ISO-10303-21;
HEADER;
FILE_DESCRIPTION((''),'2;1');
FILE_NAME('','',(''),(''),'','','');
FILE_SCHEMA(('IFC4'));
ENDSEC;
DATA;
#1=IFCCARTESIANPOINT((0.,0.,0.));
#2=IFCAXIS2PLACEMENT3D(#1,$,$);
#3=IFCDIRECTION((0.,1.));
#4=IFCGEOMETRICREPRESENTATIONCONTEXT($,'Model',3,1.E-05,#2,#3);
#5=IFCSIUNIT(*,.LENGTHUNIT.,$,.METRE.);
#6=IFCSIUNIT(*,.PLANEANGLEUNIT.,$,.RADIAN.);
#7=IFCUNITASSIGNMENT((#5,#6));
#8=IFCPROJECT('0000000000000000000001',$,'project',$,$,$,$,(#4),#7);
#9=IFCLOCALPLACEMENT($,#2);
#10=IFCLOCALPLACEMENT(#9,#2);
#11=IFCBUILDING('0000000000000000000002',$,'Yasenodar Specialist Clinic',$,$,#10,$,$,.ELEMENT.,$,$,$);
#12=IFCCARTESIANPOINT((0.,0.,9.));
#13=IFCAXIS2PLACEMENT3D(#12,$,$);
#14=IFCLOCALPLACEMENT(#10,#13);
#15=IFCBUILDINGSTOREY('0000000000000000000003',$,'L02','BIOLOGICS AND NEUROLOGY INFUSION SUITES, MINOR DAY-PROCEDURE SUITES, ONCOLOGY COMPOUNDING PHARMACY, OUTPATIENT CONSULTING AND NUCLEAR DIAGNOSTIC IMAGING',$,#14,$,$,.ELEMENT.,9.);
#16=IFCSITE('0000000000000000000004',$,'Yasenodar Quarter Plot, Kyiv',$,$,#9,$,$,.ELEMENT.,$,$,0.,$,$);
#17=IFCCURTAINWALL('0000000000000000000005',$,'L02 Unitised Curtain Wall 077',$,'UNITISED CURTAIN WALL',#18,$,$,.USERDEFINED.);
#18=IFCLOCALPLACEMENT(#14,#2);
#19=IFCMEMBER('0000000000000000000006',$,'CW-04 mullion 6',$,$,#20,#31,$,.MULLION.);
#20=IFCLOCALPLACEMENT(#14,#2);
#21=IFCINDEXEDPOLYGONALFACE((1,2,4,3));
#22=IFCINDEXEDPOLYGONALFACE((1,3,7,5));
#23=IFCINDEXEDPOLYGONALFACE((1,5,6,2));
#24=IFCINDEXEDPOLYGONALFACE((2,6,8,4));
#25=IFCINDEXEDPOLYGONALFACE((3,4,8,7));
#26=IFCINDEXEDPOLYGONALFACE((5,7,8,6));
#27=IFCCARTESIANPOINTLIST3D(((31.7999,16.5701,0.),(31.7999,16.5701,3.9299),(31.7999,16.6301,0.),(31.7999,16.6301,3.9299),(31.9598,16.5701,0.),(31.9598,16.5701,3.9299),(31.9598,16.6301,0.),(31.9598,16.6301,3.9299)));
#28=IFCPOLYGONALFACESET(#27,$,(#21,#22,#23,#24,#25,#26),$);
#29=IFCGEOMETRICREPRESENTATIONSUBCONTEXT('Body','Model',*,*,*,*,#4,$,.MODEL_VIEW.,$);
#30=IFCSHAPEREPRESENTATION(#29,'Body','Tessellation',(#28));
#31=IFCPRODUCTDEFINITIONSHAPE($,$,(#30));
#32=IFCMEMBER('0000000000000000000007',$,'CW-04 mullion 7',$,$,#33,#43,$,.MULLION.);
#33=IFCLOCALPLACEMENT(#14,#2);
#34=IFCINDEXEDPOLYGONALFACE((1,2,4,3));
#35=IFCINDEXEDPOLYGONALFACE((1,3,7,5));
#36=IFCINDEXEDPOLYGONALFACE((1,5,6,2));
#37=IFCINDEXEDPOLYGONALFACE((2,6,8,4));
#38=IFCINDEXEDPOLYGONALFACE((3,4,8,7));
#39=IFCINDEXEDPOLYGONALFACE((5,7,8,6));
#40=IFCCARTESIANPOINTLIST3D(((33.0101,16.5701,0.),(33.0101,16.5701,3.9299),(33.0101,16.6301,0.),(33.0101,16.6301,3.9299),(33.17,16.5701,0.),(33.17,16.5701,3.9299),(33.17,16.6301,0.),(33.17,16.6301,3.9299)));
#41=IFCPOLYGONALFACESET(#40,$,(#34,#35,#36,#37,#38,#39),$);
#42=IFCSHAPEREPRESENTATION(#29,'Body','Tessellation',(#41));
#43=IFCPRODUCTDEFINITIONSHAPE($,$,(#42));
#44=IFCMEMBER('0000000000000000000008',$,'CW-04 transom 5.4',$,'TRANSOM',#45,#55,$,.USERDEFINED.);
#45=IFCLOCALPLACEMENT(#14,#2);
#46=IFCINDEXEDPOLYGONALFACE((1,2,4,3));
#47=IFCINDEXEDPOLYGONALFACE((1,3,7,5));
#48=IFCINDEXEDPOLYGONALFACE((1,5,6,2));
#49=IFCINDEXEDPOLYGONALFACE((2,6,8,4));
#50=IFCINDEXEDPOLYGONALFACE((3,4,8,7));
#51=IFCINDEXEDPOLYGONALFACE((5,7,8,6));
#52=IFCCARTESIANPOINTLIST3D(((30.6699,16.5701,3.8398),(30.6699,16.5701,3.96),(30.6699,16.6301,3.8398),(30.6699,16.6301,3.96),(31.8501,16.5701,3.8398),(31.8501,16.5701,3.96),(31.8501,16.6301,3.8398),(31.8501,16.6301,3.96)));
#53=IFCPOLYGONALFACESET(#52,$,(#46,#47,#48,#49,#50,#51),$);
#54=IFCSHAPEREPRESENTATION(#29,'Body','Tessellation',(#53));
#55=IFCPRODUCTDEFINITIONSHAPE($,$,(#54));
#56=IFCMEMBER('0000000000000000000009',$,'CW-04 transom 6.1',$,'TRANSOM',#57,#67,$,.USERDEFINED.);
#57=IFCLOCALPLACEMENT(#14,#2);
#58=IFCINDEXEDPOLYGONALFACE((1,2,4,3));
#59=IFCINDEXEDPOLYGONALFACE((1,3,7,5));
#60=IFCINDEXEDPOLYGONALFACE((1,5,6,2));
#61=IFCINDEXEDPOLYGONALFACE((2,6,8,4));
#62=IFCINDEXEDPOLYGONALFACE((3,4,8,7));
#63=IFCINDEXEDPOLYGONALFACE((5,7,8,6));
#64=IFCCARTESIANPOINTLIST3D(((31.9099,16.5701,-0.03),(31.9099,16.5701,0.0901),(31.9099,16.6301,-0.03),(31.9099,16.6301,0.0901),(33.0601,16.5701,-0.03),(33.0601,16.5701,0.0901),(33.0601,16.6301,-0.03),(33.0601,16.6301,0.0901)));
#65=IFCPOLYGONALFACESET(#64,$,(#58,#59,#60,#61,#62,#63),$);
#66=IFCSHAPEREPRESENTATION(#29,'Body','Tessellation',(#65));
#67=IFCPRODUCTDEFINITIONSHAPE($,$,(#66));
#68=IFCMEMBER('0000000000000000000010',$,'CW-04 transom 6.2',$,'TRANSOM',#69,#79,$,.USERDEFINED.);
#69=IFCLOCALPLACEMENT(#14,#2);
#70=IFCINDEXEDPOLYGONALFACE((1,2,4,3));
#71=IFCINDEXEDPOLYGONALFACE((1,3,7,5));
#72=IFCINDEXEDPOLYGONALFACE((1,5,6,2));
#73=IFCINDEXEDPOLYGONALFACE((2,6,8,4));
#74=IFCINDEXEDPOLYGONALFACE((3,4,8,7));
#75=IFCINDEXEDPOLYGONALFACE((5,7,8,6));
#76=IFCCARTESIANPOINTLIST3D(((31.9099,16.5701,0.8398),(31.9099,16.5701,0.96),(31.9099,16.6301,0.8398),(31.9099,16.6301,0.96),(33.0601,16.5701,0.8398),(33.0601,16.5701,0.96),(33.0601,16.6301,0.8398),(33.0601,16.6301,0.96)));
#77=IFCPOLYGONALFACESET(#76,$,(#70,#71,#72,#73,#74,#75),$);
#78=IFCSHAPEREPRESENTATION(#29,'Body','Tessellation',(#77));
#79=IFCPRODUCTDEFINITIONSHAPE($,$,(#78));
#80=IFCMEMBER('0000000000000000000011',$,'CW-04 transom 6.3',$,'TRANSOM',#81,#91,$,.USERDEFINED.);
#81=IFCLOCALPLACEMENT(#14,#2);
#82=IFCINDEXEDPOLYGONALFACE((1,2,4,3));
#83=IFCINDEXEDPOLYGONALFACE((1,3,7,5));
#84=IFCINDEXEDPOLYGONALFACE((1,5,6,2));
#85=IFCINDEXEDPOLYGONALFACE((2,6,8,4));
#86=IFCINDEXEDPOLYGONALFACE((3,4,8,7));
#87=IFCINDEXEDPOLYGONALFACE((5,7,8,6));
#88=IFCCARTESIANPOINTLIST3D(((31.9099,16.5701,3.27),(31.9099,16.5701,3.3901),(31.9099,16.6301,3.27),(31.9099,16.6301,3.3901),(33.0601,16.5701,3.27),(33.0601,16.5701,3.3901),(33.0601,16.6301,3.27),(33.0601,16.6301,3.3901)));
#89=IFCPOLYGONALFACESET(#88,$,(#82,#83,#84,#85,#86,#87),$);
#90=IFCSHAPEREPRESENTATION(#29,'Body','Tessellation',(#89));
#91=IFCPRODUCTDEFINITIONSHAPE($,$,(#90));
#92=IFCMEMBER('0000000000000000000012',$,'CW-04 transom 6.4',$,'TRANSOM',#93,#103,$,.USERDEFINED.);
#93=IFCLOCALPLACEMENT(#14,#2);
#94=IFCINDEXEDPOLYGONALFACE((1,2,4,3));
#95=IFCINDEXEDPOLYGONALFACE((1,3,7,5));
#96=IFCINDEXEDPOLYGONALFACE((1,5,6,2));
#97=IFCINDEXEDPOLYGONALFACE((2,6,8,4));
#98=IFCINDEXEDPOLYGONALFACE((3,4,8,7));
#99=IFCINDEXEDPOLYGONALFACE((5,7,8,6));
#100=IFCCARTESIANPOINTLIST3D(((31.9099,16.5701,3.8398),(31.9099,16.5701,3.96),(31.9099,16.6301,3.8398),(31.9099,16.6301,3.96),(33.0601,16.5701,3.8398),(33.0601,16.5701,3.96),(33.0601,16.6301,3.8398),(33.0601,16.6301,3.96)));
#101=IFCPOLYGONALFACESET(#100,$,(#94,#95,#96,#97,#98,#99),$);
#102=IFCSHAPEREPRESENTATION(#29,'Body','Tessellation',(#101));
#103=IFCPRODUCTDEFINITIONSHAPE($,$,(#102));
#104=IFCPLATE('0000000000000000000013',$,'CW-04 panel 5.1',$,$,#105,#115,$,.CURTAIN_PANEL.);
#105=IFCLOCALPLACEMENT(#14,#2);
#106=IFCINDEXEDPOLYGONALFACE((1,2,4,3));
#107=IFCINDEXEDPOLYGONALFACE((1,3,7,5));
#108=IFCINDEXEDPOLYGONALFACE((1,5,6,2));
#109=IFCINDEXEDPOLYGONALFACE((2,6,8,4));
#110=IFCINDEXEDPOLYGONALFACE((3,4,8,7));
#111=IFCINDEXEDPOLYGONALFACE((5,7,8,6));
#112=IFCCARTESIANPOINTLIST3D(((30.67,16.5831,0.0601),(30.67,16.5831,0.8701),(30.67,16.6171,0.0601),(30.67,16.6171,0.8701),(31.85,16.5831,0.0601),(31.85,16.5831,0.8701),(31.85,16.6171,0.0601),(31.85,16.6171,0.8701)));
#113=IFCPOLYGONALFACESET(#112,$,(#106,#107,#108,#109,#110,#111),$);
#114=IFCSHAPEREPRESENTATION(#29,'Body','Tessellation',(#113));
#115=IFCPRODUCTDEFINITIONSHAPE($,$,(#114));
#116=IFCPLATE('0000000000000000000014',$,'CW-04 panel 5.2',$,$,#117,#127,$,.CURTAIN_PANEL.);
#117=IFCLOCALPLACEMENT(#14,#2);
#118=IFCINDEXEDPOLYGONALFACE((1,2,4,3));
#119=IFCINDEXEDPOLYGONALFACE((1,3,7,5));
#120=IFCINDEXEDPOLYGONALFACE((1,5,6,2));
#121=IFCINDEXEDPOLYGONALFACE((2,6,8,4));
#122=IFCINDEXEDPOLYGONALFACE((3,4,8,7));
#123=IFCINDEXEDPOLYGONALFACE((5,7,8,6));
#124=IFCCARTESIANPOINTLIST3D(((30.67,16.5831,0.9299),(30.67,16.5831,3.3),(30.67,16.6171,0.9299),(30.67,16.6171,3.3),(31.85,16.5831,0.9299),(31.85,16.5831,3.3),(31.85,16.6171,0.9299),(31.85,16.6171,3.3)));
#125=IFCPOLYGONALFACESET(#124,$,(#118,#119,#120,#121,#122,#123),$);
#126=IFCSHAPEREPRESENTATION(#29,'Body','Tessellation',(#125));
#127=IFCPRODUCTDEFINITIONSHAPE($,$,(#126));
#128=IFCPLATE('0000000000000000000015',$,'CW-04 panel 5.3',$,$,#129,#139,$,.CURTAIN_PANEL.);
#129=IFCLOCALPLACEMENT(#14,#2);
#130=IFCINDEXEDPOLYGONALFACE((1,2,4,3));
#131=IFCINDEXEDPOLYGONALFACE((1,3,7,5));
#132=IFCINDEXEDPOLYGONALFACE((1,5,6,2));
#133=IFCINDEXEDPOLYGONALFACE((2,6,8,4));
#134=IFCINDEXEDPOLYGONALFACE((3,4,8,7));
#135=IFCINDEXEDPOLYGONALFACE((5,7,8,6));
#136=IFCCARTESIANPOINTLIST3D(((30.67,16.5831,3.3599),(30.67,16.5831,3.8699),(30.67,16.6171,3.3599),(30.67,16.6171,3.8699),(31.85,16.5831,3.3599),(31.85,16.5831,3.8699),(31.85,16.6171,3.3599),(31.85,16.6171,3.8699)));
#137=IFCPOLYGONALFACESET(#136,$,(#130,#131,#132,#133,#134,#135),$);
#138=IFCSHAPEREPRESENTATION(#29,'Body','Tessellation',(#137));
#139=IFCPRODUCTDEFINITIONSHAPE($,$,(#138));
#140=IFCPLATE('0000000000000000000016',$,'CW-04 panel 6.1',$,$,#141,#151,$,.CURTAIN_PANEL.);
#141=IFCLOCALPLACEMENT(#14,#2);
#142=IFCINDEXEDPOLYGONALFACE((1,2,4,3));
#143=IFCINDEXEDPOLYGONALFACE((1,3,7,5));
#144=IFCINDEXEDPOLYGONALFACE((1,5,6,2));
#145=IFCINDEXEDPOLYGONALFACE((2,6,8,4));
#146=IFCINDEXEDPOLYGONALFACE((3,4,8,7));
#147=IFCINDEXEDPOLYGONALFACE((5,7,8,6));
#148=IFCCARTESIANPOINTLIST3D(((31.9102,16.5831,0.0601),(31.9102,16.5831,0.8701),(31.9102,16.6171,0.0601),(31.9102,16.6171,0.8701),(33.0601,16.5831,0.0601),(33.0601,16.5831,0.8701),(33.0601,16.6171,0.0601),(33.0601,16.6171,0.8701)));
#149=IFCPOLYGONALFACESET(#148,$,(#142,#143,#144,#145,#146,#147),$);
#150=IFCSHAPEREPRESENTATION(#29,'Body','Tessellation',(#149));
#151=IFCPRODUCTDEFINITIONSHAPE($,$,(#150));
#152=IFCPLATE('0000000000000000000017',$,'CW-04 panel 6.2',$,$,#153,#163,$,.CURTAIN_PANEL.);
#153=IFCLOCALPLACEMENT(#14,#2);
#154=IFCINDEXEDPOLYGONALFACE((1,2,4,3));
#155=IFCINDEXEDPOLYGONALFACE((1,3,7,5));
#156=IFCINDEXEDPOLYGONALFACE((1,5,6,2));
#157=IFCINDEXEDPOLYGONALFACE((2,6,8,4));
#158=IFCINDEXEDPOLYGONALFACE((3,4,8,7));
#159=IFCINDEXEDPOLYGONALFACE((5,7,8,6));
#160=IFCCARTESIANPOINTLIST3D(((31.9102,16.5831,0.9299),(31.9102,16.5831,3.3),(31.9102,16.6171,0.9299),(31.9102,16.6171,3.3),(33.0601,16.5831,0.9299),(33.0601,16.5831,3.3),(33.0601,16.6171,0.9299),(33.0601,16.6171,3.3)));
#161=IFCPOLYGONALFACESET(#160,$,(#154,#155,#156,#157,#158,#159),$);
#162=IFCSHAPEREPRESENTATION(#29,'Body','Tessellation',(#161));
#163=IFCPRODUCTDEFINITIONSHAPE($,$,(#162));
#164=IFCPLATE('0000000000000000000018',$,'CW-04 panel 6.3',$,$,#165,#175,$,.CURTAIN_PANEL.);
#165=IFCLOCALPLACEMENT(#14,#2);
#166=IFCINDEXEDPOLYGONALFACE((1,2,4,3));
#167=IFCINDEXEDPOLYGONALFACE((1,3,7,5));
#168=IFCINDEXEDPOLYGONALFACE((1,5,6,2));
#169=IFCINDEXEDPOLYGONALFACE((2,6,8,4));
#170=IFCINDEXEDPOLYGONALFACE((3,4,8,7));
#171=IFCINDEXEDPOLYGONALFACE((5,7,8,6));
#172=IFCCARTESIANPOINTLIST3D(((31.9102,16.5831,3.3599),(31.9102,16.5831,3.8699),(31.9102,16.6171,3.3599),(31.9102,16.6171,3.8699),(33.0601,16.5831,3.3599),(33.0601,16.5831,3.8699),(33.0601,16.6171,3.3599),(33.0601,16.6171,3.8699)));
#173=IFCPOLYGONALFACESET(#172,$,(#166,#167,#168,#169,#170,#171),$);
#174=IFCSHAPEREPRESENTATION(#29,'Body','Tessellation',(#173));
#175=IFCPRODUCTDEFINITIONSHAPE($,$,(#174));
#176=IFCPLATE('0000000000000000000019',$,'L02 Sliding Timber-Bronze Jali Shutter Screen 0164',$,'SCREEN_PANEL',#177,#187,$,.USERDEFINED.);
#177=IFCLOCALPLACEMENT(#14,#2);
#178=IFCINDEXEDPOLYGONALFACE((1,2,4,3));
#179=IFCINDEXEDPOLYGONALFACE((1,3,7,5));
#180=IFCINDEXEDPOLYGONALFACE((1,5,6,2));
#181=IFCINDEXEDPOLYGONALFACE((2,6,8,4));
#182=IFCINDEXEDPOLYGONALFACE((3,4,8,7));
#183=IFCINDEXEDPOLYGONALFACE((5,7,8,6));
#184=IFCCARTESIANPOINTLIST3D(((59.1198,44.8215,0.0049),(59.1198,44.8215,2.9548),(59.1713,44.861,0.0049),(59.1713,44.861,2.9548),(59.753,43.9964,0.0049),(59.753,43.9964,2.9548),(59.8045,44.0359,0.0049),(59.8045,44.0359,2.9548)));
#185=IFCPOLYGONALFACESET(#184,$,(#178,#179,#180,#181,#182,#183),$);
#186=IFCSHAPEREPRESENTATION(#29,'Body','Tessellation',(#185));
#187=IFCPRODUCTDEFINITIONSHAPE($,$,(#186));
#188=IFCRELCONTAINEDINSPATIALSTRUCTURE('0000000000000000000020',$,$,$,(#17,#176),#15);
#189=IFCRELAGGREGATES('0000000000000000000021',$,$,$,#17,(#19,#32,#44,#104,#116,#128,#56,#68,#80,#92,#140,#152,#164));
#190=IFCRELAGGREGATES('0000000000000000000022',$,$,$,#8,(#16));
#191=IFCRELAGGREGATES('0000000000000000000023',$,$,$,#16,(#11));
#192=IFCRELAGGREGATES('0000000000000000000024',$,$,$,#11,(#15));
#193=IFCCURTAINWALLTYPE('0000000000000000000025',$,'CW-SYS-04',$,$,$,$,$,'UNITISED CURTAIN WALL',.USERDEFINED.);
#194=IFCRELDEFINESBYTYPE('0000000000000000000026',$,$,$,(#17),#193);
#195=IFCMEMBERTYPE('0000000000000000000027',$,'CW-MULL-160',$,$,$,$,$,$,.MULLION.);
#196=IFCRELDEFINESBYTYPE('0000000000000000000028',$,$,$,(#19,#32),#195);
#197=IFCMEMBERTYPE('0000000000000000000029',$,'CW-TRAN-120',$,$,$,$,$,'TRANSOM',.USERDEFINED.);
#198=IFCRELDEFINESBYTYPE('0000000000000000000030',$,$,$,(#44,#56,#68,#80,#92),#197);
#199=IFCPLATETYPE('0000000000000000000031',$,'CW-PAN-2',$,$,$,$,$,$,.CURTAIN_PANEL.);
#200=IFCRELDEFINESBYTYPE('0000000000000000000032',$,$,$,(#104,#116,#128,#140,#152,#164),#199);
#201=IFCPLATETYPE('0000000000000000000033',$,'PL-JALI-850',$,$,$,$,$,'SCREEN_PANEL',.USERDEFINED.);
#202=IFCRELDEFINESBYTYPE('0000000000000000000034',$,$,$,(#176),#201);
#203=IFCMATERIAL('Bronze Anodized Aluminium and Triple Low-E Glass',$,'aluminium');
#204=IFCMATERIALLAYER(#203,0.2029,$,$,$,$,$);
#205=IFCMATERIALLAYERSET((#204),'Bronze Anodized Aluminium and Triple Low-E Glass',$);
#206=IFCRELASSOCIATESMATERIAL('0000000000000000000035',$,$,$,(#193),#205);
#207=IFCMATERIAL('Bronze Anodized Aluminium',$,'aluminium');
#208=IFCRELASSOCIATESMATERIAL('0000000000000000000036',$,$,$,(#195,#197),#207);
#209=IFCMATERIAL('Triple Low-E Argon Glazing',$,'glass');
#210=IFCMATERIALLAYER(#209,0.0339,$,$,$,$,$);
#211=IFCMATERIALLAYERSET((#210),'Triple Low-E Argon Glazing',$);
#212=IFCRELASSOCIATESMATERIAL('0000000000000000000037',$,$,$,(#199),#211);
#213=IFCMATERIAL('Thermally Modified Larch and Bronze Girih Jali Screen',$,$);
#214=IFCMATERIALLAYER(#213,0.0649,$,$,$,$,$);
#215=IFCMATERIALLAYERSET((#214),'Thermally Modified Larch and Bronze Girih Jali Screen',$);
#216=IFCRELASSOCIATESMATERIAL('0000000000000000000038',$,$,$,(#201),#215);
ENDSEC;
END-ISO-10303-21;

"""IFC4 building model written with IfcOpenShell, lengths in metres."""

from ifc_helpers import new_model, si_unit, direction, frame, origin, origin_2d, place, context, subcontext, project, spatial, rectangle, extrude, material, layer, layer_set, material_profile, profile_set, type_object, element, aggregate, save


model = new_model("IFC4")

# Units and contexts
model_context = context("Model", 3, precision=1e-05, world=origin(), true_north=direction((0.0, 1.0)))
body_context = subcontext(model_context, "Body", "Model", "MODEL_VIEW")
ifc_project = project(units=[si_unit("LENGTHUNIT", "METRE"), si_unit("PLANEANGLEUNIT", "RADIAN")], contexts=[model_context])

# Site, building, storey
site_placement = place(None, origin())
site = spatial("IfcSite", under=ifc_project, at=site_placement, Name="Yasenodar Quarter Plot, Kyiv", CompositionType="ELEMENT", RefElevation=0.0)
building_placement = place(site_placement, origin())
building = spatial("IfcBuilding", under=site, at=building_placement, Name="Yasenodar Specialist Clinic", CompositionType="ELEMENT")
storey_placement = place(building_placement, frame((0.0, 0.0, 9.0)))
storey = spatial("IfcBuildingStorey", under=building, at=storey_placement, Name="L02", Description="BIOLOGICS AND NEUROLOGY INFUSION SUITES, MINOR DAY-PROCEDURE SUITES, ONCOLOGY COMPOUNDING PHARMACY, OUTPATIENT CONSULTING AND NUCLEAR DIAGNOSTIC IMAGING", CompositionType="ELEMENT", Elevation=9.0)

# Curtain wall, members, plates
ifc_material_1 = material(Name="Bronze Anodized Aluminium and Triple Low-E Glass", Category="aluminium")
ifc_layer_1 = layer(ifc_material_1, 0.2029)
ifc_layer_set_1 = layer_set([ifc_layer_1], Name="Bronze Anodized Aluminium and Triple Low-E Glass")
curtain_wall_type = type_object("IfcCurtainWallType", Name="CW-SYS-04", ElementType="UNITISED CURTAIN WALL", PredefinedType="USERDEFINED", material=ifc_layer_set_1)
curtain_wall_placement = place(storey_placement, origin())
curtain_wall = element("IfcCurtainWall", 1, at=curtain_wall_placement, inside=storey, type_object=curtain_wall_type, Name="L02 Unitised Curtain Wall 077", ObjectType="UNITISED CURTAIN WALL", PredefinedType="USERDEFINED")
ifc_material_2 = material(Name="Bronze Anodized Aluminium", Category="aluminium")
ifc_material_profile_1 = material_profile(ifc_material_2, rectangle(XDim=0.0601, YDim=0.1599, at=origin_2d()), Name="CW-MULL 60x160")
ifc_profile_set_1 = profile_set([ifc_material_profile_1], Name="Bronze Anodized Aluminium")
member_type_1 = type_object("IfcMemberType", Name="CW-MULL-160", PredefinedType="MULLION", material=ifc_profile_set_1)
member_1_placement = place(storey_placement, frame((31.8799, 16.6001, 0.0), z_axis=(0.0, 0.0, 1.0), x_axis=(0.0, 1.0, 0.0)))
member_1 = element("IfcMember", 2, at=member_1_placement, type_object=member_type_1, Name="CW-04 mullion 6", PredefinedType="MULLION", context=body_context, shape_type="SweptSolid", body=[
    extrude(rectangle(XDim=0.0601, YDim=0.1599, at=origin_2d()), origin(), (0.0, 0.0, 1.0), 3.9299),
])
member_2_placement = place(storey_placement, frame((33.0901, 16.6001, 0.0), z_axis=(0.0, 0.0, 1.0), x_axis=(0.0, 1.0, 0.0)))
member_2 = element("IfcMember", 3, at=member_2_placement, type_object=member_type_1, Name="CW-04 mullion 7", PredefinedType="MULLION", context=body_context, shape_type="SweptSolid", body=[
    extrude(rectangle(XDim=0.0601, YDim=0.1599, at=origin_2d()), origin(), (0.0, 0.0, 1.0), 3.9299),
])
ifc_material_profile_2 = material_profile(ifc_material_2, rectangle(XDim=0.0601, YDim=0.1201, at=origin_2d()), Name="CW-TRAN 60x120")
ifc_profile_set_2 = profile_set([ifc_material_profile_2], Name="Bronze Anodized Aluminium")
member_type_2 = type_object("IfcMemberType", Name="CW-TRAN-120", ElementType="TRANSOM", PredefinedType="USERDEFINED", material=ifc_profile_set_2)
member_3_placement = place(storey_placement, frame((30.6699, 16.6001, 3.8999), z_axis=(1.0, 0.0, 0.0), x_axis=(0.0, 1.0, 0.0)))
member_3 = element("IfcMember", 4, at=member_3_placement, type_object=member_type_2, Name="CW-04 transom 5.4", ObjectType="TRANSOM", PredefinedType="USERDEFINED", context=body_context, shape_type="SweptSolid", body=[
    extrude(rectangle(XDim=0.0601, YDim=0.1201, at=origin_2d()), origin(), (0.0, 0.0, 1.0), 1.1802),
])
member_4_placement = place(storey_placement, frame((31.9099, 16.6001, 0.03), z_axis=(1.0, 0.0, 0.0), x_axis=(0.0, 1.0, 0.0)))
member_4 = element("IfcMember", 5, at=member_4_placement, type_object=member_type_2, Name="CW-04 transom 6.1", ObjectType="TRANSOM", PredefinedType="USERDEFINED", context=body_context, shape_type="SweptSolid", body=[
    extrude(rectangle(XDim=0.0601, YDim=0.1201, at=origin_2d()), origin(), (0.0, 0.0, 1.0), 1.1501),
])
member_5_placement = place(storey_placement, frame((31.9099, 16.6001, 0.8999), z_axis=(1.0, 0.0, 0.0), x_axis=(0.0, 1.0, 0.0)))
member_5 = element("IfcMember", 6, at=member_5_placement, type_object=member_type_2, Name="CW-04 transom 6.2", ObjectType="TRANSOM", PredefinedType="USERDEFINED", context=body_context, shape_type="SweptSolid", body=[
    extrude(rectangle(XDim=0.0601, YDim=0.1201, at=origin_2d()), origin(), (0.0, 0.0, 1.0), 1.1501),
])
member_6_placement = place(storey_placement, frame((31.9099, 16.6001, 3.3301), z_axis=(1.0, 0.0, 0.0), x_axis=(0.0, 1.0, 0.0)))
member_6 = element("IfcMember", 7, at=member_6_placement, type_object=member_type_2, Name="CW-04 transom 6.3", ObjectType="TRANSOM", PredefinedType="USERDEFINED", context=body_context, shape_type="SweptSolid", body=[
    extrude(rectangle(XDim=0.0601, YDim=0.1201, at=origin_2d()), origin(), (0.0, 0.0, 1.0), 1.1501),
])
member_7_placement = place(storey_placement, frame((31.9099, 16.6001, 3.8999), z_axis=(1.0, 0.0, 0.0), x_axis=(0.0, 1.0, 0.0)))
member_7 = element("IfcMember", 8, at=member_7_placement, type_object=member_type_2, Name="CW-04 transom 6.4", ObjectType="TRANSOM", PredefinedType="USERDEFINED", context=body_context, shape_type="SweptSolid", body=[
    extrude(rectangle(XDim=0.0601, YDim=0.1201, at=origin_2d()), origin(), (0.0, 0.0, 1.0), 1.1501),
])
ifc_material_3 = material(Name="Triple Low-E Argon Glazing", Category="glass")
ifc_layer_2 = layer(ifc_material_3, 0.0339)
ifc_layer_set_2 = layer_set([ifc_layer_2], Name="Triple Low-E Argon Glazing")
plate_type_1 = type_object("IfcPlateType", Name="CW-PAN-2", PredefinedType="CURTAIN_PANEL", material=ifc_layer_set_2)
plate_1_placement = place(storey_placement, frame((31.26, 16.6001, 0.0601), z_axis=(0.0, 0.0, 1.0), x_axis=(1.0, 0.0, 0.0)))
plate_1 = element("IfcPlate", 9, at=plate_1_placement, type_object=plate_type_1, Name="CW-04 panel 5.1", PredefinedType="CURTAIN_PANEL", context=body_context, shape_type="SweptSolid", body=[
    extrude(rectangle(XDim=1.1799, YDim=0.0339, at=origin_2d()), origin(), (0.0, 0.0, 1.0), 0.8101),
])
plate_2_placement = place(storey_placement, frame((31.26, 16.6001, 0.9299), z_axis=(0.0, 0.0, 1.0), x_axis=(1.0, 0.0, 0.0)))
plate_2 = element("IfcPlate", 10, at=plate_2_placement, type_object=plate_type_1, Name="CW-04 panel 5.2", PredefinedType="CURTAIN_PANEL", context=body_context, shape_type="SweptSolid", body=[
    extrude(rectangle(XDim=1.1799, YDim=0.0339, at=origin_2d()), origin(), (0.0, 0.0, 1.0), 2.3701),
])
plate_3_placement = place(storey_placement, frame((31.26, 16.6001, 3.3599), z_axis=(0.0, 0.0, 1.0), x_axis=(1.0, 0.0, 0.0)))
plate_3 = element("IfcPlate", 11, at=plate_3_placement, type_object=plate_type_1, Name="CW-04 panel 5.3", PredefinedType="CURTAIN_PANEL", context=body_context, shape_type="SweptSolid", body=[
    extrude(rectangle(XDim=1.1799, YDim=0.0339, at=origin_2d()), origin(), (0.0, 0.0, 1.0), 0.51),
])
plate_4_placement = place(storey_placement, frame((32.4851, 16.6001, 0.0601), z_axis=(0.0, 0.0, 1.0), x_axis=(1.0, 0.0, 0.0)))
plate_4 = element("IfcPlate", 12, at=plate_4_placement, type_object=plate_type_1, Name="CW-04 panel 6.1", PredefinedType="CURTAIN_PANEL", context=body_context, shape_type="SweptSolid", body=[
    extrude(rectangle(XDim=1.1499, YDim=0.0339, at=origin_2d()), origin(), (0.0, 0.0, 1.0), 0.8101),
])
plate_5_placement = place(storey_placement, frame((32.4851, 16.6001, 0.9299), z_axis=(0.0, 0.0, 1.0), x_axis=(1.0, 0.0, 0.0)))
plate_5 = element("IfcPlate", 13, at=plate_5_placement, type_object=plate_type_1, Name="CW-04 panel 6.2", PredefinedType="CURTAIN_PANEL", context=body_context, shape_type="SweptSolid", body=[
    extrude(rectangle(XDim=1.1499, YDim=0.0339, at=origin_2d()), origin(), (0.0, 0.0, 1.0), 2.3701),
])
plate_6_placement = place(storey_placement, frame((32.4851, 16.6001, 3.3599), z_axis=(0.0, 0.0, 1.0), x_axis=(1.0, 0.0, 0.0)))
plate_6 = element("IfcPlate", 14, at=plate_6_placement, type_object=plate_type_1, Name="CW-04 panel 6.3", PredefinedType="CURTAIN_PANEL", context=body_context, shape_type="SweptSolid", body=[
    extrude(rectangle(XDim=1.1499, YDim=0.0339, at=origin_2d()), origin(), (0.0, 0.0, 1.0), 0.51),
])
aggregate(curtain_wall, [member_1, member_2, member_3, plate_1, plate_2, plate_3, member_4, member_5, member_6, member_7, plate_4, plate_5, plate_6])

# Plate
ifc_material_4 = material(Name="Thermally Modified Larch and Bronze Girih Jali Screen")
ifc_layer_3 = layer(ifc_material_4, 0.0649)
ifc_layer_set_3 = layer_set([ifc_layer_3], Name="Thermally Modified Larch and Bronze Girih Jali Screen")
plate_type_2 = type_object("IfcPlateType", Name="PL-JALI-850", ElementType="SCREEN_PANEL", PredefinedType="USERDEFINED", material=ifc_layer_set_3)
for number, where, z_axis, x_axis, name in (
    (15, (59.4622, 44.4287, 0.0049), (0.0, 0.0, 1.0), (0.608764, -0.793351, 0.0), "L02 Sliding Timber-Bronze Jali Shutter Screen 0164"),
):
    element("IfcPlate", number, at=place(storey_placement, frame(where, z_axis=z_axis, x_axis=x_axis)), inside=storey, type_object=plate_type_2, Name=name, ObjectType="SCREEN_PANEL", PredefinedType="USERDEFINED", context=body_context, shape_type="SweptSolid", body=[
        extrude(rectangle(XDim=1.04, YDim=0.0649, at=origin_2d()), origin(), (0.0, 0.0, 1.0), 2.95),
    ])

save(model, "model.ifc")
